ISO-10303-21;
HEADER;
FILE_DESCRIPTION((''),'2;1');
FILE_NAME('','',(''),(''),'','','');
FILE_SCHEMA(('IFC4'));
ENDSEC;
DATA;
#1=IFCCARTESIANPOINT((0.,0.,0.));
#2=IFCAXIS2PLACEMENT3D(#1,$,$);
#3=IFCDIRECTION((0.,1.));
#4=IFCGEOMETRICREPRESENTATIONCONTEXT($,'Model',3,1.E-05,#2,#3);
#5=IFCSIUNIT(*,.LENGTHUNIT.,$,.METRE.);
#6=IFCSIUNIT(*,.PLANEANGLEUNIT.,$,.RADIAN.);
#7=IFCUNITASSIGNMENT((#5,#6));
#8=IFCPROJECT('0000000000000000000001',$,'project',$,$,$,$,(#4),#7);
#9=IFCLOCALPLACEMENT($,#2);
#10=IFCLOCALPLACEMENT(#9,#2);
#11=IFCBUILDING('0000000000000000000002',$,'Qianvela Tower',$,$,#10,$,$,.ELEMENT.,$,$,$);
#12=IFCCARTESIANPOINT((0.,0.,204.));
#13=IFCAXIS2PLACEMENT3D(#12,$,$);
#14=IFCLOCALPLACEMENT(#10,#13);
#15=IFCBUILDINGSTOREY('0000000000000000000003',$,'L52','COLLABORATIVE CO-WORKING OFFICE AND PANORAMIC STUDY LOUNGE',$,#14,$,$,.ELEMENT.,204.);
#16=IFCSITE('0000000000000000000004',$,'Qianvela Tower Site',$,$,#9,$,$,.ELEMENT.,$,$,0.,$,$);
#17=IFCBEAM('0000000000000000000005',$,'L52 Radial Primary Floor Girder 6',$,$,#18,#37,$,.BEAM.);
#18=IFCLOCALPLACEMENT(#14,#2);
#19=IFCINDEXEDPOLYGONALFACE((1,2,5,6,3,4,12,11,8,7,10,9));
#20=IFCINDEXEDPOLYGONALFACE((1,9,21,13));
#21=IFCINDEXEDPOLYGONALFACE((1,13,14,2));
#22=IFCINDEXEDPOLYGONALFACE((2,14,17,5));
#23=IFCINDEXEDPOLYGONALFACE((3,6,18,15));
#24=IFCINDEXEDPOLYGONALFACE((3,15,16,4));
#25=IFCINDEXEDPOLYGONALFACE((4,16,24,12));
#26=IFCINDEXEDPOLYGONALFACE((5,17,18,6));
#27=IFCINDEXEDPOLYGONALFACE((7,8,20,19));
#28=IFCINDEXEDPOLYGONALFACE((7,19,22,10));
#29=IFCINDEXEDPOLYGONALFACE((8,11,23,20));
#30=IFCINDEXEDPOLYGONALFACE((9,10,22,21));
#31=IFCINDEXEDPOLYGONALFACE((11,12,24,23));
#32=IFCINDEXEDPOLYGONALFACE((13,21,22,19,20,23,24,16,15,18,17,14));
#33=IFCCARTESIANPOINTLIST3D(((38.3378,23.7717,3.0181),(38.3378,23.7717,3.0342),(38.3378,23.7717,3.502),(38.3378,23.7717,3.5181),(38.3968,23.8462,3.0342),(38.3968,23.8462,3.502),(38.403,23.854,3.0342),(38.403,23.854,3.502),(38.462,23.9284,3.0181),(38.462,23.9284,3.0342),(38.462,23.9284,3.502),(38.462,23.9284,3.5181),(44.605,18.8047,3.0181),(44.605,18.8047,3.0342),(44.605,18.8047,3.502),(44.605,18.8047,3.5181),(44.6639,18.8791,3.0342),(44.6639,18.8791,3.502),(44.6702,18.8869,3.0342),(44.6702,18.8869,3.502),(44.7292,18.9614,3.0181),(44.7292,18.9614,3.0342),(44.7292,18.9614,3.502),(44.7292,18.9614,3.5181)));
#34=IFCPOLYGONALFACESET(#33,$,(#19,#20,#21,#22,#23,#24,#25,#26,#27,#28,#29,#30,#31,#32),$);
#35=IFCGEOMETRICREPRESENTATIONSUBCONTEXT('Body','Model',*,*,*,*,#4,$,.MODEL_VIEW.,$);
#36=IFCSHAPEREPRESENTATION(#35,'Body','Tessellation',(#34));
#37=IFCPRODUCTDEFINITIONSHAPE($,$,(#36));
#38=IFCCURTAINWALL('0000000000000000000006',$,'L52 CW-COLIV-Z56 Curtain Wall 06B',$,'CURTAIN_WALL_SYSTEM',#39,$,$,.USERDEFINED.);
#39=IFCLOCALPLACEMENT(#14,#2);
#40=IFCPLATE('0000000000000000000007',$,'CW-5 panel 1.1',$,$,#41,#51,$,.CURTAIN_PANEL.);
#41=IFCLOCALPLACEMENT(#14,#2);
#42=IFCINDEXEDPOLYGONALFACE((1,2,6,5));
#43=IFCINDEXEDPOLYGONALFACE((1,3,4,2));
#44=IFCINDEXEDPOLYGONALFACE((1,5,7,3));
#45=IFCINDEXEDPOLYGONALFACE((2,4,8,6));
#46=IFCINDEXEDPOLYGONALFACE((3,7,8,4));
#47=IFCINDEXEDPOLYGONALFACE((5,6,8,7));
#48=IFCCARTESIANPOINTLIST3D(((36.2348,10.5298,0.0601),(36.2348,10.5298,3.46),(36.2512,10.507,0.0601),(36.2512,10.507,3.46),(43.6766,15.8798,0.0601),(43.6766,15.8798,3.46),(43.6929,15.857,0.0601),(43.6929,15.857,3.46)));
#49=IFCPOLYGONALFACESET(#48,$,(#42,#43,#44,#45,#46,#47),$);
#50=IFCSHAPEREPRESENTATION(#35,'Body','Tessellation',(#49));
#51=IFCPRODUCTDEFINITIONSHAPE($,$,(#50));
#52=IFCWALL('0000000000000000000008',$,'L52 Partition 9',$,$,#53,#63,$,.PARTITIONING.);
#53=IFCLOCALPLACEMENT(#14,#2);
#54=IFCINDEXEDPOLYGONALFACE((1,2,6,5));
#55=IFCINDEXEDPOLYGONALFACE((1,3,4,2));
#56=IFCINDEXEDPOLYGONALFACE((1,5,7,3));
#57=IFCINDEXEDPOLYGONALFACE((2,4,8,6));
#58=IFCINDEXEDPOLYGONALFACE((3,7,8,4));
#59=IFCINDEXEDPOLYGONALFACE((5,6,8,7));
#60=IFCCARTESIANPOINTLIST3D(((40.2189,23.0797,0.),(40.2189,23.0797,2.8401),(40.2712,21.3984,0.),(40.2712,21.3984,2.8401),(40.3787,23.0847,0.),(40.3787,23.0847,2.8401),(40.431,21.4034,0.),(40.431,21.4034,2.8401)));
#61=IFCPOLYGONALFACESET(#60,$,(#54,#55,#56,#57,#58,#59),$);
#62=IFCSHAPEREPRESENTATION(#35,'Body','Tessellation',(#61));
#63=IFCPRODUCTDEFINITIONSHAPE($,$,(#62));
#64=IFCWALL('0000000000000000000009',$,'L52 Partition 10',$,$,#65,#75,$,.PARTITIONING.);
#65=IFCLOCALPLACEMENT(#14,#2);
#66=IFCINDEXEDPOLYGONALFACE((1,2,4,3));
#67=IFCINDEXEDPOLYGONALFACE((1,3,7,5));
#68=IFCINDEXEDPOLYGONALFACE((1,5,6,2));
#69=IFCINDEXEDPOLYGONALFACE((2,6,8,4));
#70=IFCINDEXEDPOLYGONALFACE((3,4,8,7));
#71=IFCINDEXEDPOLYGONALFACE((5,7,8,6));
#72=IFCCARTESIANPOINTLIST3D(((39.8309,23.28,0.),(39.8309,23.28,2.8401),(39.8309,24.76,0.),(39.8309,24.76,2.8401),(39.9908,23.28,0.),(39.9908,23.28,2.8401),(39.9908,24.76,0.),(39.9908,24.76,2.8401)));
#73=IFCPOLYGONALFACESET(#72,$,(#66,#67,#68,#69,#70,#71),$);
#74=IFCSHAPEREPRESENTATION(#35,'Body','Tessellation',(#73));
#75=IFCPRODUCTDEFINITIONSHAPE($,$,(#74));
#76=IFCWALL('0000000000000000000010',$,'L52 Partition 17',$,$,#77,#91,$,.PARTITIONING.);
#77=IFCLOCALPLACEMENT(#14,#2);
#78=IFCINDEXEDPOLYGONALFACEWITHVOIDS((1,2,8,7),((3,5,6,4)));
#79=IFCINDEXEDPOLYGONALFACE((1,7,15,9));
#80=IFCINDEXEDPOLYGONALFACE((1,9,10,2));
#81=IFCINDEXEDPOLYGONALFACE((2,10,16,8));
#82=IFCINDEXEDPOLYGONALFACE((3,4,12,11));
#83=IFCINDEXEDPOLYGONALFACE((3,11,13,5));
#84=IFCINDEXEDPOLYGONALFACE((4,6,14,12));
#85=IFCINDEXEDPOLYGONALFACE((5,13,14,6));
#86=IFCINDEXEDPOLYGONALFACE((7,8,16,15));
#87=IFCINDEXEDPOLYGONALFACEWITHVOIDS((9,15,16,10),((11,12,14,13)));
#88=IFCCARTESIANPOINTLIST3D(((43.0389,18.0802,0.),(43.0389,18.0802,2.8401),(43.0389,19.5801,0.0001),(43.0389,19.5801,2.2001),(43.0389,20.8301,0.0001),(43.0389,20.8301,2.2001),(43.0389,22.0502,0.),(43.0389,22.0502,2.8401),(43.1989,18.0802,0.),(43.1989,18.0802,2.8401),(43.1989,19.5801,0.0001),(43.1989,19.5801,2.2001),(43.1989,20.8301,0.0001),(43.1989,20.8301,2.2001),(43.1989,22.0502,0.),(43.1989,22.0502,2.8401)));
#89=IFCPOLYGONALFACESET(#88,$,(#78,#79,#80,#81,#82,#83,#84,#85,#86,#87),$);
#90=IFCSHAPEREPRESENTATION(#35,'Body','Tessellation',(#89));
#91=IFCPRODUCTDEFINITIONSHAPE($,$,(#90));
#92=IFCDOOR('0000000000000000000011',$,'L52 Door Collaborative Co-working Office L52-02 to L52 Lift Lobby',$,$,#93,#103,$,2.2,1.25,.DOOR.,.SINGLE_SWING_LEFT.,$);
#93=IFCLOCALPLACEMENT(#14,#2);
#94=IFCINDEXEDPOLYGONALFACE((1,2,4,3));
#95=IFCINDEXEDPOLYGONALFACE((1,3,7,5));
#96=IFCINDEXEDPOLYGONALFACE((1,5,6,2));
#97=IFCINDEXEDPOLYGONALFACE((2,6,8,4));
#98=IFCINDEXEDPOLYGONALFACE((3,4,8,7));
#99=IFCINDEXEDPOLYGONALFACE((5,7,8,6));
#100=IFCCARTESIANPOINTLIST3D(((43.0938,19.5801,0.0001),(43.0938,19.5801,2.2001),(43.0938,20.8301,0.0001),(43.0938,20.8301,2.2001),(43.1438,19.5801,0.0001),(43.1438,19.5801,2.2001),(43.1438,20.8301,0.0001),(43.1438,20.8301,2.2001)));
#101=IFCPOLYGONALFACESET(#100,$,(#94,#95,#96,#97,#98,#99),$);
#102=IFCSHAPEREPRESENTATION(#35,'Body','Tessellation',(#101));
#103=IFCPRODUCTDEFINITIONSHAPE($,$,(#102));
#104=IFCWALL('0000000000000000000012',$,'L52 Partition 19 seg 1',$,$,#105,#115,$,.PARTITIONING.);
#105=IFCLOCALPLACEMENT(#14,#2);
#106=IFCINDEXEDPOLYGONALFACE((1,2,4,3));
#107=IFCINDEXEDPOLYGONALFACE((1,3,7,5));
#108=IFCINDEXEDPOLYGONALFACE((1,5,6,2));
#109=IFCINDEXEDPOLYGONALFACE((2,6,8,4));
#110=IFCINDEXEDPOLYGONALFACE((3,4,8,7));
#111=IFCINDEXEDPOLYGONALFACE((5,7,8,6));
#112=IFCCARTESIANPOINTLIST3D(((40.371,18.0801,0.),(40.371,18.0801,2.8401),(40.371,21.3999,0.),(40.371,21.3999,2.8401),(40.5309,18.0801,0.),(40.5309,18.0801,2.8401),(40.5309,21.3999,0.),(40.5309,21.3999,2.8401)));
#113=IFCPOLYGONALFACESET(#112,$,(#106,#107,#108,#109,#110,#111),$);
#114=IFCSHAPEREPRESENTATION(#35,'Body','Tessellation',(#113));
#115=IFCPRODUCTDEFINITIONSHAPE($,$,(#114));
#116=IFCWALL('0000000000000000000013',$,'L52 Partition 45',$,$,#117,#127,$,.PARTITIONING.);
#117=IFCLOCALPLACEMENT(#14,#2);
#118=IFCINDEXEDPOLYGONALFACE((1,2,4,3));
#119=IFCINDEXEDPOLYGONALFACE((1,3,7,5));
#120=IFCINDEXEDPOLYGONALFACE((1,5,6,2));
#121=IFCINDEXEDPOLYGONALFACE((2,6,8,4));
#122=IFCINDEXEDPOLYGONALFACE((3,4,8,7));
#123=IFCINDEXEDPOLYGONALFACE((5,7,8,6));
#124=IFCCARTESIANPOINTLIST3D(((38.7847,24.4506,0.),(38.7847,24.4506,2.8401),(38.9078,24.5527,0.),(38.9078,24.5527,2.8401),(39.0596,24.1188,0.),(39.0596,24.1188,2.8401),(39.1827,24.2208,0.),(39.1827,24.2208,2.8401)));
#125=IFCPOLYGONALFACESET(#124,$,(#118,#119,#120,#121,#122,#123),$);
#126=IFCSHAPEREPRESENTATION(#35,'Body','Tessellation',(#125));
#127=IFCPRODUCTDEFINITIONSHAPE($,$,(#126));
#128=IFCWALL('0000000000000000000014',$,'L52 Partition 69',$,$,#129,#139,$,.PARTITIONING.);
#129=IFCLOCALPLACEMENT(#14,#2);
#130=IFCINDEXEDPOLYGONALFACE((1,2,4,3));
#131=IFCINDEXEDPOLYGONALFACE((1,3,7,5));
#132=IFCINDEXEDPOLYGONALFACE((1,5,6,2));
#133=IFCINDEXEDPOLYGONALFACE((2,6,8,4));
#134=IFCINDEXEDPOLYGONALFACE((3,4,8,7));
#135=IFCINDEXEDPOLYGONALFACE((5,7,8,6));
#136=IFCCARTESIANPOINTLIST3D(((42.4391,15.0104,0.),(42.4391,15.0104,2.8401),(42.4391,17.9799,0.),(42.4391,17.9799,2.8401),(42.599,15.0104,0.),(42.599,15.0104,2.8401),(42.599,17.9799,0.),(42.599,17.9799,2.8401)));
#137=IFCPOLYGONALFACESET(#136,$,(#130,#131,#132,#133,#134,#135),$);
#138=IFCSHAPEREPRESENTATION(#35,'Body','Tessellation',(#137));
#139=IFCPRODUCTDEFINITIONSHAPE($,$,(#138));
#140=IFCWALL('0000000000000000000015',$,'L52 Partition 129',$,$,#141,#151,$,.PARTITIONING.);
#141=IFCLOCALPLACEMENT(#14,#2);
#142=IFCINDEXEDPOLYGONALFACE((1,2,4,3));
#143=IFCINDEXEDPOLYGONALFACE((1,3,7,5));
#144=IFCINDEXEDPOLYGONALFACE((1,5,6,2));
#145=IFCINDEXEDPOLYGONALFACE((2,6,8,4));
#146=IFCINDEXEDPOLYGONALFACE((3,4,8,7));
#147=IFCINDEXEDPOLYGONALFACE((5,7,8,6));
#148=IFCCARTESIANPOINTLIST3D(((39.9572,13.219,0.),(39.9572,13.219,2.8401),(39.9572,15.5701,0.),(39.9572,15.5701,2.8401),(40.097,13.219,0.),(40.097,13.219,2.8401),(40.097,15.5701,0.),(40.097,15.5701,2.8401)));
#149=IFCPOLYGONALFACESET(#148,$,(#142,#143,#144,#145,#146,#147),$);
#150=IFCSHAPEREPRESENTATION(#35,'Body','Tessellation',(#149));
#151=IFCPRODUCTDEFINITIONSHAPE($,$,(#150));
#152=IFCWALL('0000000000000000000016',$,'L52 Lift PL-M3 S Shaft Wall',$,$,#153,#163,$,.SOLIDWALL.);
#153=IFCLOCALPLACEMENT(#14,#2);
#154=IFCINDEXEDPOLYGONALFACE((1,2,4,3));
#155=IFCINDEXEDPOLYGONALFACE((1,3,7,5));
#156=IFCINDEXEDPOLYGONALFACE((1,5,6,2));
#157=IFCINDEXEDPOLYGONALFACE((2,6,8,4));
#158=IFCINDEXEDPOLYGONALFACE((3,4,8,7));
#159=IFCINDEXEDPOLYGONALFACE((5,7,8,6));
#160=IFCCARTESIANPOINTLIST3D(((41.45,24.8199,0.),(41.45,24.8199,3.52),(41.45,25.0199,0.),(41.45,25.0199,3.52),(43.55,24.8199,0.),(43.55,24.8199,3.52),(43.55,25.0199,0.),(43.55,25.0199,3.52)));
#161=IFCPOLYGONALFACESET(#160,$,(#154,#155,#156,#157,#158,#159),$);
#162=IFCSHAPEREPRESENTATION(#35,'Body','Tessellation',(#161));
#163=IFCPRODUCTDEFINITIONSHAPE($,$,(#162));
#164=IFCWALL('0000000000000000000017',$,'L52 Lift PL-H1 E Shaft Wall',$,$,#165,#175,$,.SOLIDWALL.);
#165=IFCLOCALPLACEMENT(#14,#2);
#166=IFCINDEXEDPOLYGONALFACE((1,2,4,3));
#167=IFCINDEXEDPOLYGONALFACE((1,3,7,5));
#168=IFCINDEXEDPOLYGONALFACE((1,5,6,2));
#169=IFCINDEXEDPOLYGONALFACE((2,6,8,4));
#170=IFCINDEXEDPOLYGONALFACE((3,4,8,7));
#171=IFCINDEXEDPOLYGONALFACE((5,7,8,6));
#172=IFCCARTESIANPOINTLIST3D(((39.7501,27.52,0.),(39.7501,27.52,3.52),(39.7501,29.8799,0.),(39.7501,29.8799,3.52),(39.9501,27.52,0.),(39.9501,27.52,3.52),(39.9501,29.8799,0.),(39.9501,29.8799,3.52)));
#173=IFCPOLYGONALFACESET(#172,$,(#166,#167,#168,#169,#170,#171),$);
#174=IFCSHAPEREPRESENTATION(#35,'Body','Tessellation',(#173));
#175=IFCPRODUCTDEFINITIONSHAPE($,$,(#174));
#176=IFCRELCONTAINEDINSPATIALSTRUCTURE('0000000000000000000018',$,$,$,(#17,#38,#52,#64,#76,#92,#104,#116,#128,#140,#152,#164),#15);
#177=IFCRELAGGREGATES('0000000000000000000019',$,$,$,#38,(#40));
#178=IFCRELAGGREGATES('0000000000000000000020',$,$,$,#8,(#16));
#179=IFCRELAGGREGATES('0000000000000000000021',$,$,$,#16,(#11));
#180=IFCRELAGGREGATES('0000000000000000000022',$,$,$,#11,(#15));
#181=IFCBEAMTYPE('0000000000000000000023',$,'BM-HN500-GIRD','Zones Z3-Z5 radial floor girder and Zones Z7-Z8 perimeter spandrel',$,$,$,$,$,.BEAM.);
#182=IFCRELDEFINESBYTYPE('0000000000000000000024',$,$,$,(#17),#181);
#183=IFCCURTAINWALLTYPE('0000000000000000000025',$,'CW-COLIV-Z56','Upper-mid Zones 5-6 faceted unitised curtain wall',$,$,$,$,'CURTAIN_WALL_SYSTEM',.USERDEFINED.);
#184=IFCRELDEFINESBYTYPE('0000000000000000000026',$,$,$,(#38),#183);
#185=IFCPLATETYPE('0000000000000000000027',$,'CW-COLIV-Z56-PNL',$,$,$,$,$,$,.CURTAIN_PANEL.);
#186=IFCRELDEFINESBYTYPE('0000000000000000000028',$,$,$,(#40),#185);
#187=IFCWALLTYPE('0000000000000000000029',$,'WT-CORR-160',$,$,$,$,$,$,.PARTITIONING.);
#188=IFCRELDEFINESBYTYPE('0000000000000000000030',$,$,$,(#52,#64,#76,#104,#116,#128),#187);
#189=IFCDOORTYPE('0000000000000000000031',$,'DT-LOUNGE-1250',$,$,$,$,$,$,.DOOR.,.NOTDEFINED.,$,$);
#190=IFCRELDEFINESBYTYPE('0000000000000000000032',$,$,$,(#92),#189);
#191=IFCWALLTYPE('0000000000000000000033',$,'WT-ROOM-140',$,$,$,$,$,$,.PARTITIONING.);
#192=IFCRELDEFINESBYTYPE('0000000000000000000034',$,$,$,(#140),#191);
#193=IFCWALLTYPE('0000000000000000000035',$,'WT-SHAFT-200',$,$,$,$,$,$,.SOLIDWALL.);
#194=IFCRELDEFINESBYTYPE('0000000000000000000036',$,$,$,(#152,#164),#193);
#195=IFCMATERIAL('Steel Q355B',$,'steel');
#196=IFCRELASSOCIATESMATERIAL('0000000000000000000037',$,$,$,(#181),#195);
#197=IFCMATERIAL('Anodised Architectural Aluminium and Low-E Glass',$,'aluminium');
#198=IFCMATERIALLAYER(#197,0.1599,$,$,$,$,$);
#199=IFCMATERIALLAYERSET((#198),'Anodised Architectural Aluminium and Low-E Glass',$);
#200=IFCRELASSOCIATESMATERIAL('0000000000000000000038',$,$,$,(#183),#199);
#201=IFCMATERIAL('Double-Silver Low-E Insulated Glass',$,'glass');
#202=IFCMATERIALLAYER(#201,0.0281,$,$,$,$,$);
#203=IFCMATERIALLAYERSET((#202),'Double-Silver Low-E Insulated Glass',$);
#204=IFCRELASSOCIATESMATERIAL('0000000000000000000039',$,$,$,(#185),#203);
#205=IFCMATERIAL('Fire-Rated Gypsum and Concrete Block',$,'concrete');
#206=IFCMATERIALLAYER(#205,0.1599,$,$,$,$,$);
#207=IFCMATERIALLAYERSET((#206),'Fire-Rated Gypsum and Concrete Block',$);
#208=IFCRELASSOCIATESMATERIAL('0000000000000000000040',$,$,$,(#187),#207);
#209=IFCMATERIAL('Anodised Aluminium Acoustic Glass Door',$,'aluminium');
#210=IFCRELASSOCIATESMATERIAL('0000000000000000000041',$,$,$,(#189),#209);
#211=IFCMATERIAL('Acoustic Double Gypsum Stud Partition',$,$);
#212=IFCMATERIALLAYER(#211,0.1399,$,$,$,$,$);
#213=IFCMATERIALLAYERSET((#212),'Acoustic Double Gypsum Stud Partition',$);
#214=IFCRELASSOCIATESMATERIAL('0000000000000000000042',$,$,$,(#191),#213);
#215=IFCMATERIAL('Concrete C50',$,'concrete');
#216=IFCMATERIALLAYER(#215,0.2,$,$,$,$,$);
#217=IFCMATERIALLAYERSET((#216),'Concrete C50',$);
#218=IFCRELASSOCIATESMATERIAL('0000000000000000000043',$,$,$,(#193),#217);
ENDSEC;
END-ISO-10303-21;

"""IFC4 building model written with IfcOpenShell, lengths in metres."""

from ifc_helpers import new_model, si_unit, direction, frame, frame_2d, origin, origin_2d, place, context, subcontext, project, spatial, rectangle, i_section, extrude, material, layer, layer_set, material_profile, profile_set, type_object, element, fill, aggregate, save


model = new_model("IFC4")

# Units and contexts
model_context = context("Model", 3, precision=1e-05, world=origin(), true_north=direction((0.0, 1.0)))
body_context = subcontext(model_context, "Body", "Model", "MODEL_VIEW")
ifc_project = project(units=[si_unit("LENGTHUNIT", "METRE"), si_unit("PLANEANGLEUNIT", "RADIAN")], contexts=[model_context])

# Site, building, storey
site_placement = place(None, origin())
site = spatial("IfcSite", under=ifc_project, at=site_placement, Name="Qianvela Tower Site", CompositionType="ELEMENT", RefElevation=0.0)
building_placement = place(site_placement, origin())
building = spatial("IfcBuilding", under=site, at=building_placement, Name="Qianvela Tower", CompositionType="ELEMENT")
storey_placement = place(building_placement, frame((0.0, 0.0, 204.0)))
storey = spatial("IfcBuildingStorey", under=building, at=storey_placement, Name="L52", Description="COLLABORATIVE CO-WORKING OFFICE AND PANORAMIC STUDY LOUNGE", CompositionType="ELEMENT", Elevation=204.0)

# Beam
ifc_material_1 = material(Name="Steel Q355B", Category="steel")
ifc_material_profile = material_profile(ifc_material_1, i_section(OverallWidth=0.2, OverallDepth=0.5, WebThickness=0.01, FlangeThickness=0.0161, at=origin_2d()), Name="HN500x200x10x16")
ifc_profile_set = profile_set([ifc_material_profile], Name="Steel Q355B")
beam_type = type_object("IfcBeamType", Name="BM-HN500-GIRD", Description="Zones Z3-Z5 radial floor girder and Zones Z7-Z8 perimeter spandrel", PredefinedType="BEAM", material=ifc_profile_set)
beam_placement = place(storey_placement, frame((38.3999, 23.8501, 3.2681), z_axis=(0.783705, -0.621133, 0.0), x_axis=(0.621133, 0.783705, 0.0)))
element("IfcBeam", 1, at=beam_placement, inside=storey, type_object=beam_type, Name="L52 Radial Primary Floor Girder 6", PredefinedType="BEAM", context=body_context, shape_type="SweptSolid", body=[
    extrude(i_section(OverallWidth=0.2, OverallDepth=0.5, WebThickness=0.01, FlangeThickness=0.0161, at=origin_2d()), origin(), (0.0, 0.0, 1.0), 7.9968),
])

# Curtain wall, plate
ifc_material_2 = material(Name="Anodised Architectural Aluminium and Low-E Glass", Category="aluminium")
ifc_layer_1 = layer(ifc_material_2, 0.1599)
ifc_layer_set_1 = layer_set([ifc_layer_1], Name="Anodised Architectural Aluminium and Low-E Glass")
curtain_wall_type = type_object("IfcCurtainWallType", Name="CW-COLIV-Z56", Description="Upper-mid Zones 5-6 faceted unitised curtain wall", ElementType="CURTAIN_WALL_SYSTEM", PredefinedType="USERDEFINED", material=ifc_layer_set_1)
curtain_wall_placement = place(storey_placement, origin())
curtain_wall = element("IfcCurtainWall", 2, at=curtain_wall_placement, inside=storey, type_object=curtain_wall_type, Name="L52 CW-COLIV-Z56 Curtain Wall 06B", ObjectType="CURTAIN_WALL_SYSTEM", PredefinedType="USERDEFINED")
ifc_material_3 = material(Name="Double-Silver Low-E Insulated Glass", Category="glass")
ifc_layer_2 = layer(ifc_material_3, 0.0281)
ifc_layer_set_2 = layer_set([ifc_layer_2], Name="Double-Silver Low-E Insulated Glass")
plate_type = type_object("IfcPlateType", Name="CW-COLIV-Z56-PNL", PredefinedType="CURTAIN_PANEL", material=ifc_layer_set_2)
plate_placement = place(storey_placement, frame((39.9639, 13.1934, 0.0601), z_axis=(0.0, 0.0, 1.0), x_axis=(0.811952, 0.583725, 0.0)))
plate = element("IfcPlate", 3, at=plate_placement, type_object=plate_type, Name="CW-5 panel 1.1", PredefinedType="CURTAIN_PANEL", context=body_context, shape_type="SweptSolid", body=[
    extrude(rectangle(XDim=9.1653, YDim=0.0281, at=origin_2d()), origin(), (0.0, 0.0, 1.0), 3.3999),
])
aggregate(curtain_wall, [plate])

# Walls
ifc_material_4 = material(Name="Fire-Rated Gypsum and Concrete Block", Category="concrete")
ifc_layer_3 = layer(ifc_material_4, 0.1599)
ifc_layer_set_3 = layer_set([ifc_layer_3], Name="Fire-Rated Gypsum and Concrete Block")
wall_type_1 = type_object("IfcWallType", Name="WT-CORR-160", PredefinedType="PARTITIONING", material=ifc_layer_set_3)
wall_1_placement = place(storey_placement, frame((40.3511, 21.4009, 0.0), z_axis=(0.0, 0.0, 1.0), x_axis=(-0.031058, 0.999518, 0.0)))
element("IfcWall", 4, at=wall_1_placement, inside=storey, type_object=wall_type_1, Name="L52 Partition 9", PredefinedType="PARTITIONING", context=body_context, shape_type="SweptSolid", body=[
    extrude(rectangle(XDim=1.6821, YDim=0.1599, at=frame_2d((0.8411, 0.0))), origin(), (0.0, 0.0, 1.0), 2.8401),
])
wall_2_placement = place(storey_placement, frame((39.9109, 23.28, 0.0), z_axis=(0.0, 0.0, 1.0), x_axis=(0.0, 1.0, 0.0)))
element("IfcWall", 5, at=wall_2_placement, inside=storey, type_object=wall_type_1, Name="L52 Partition 10", PredefinedType="PARTITIONING", context=body_context, shape_type="SweptSolid", body=[
    extrude(rectangle(XDim=1.48, YDim=0.1599, at=frame_2d((0.74, 0.0))), origin(), (0.0, 0.0, 1.0), 2.8401),
])

# Wall, opening, door
wall_3_placement = place(storey_placement, frame((43.1189, 22.05, 0.0), z_axis=(0.0, 0.0, 1.0), x_axis=(0.0, -1.0, 0.0)))
wall_3 = element("IfcWall", 6, at=wall_3_placement, inside=storey, type_object=wall_type_1, Name="L52 Partition 17", PredefinedType="PARTITIONING", context=body_context, shape_type="SweptSolid", body=[
    extrude(rectangle(XDim=3.97, YDim=0.1599, at=frame_2d((1.9849, 0.0))), origin(), (0.0, 0.0, 1.0), 2.8401),
])
opening_1_placement = place(wall_3_placement, frame((1.22, 0.0, 0.0)))
opening_1 = element("IfcOpeningElement", 7, at=opening_1_placement, cuts=wall_3, PredefinedType="OPENING", context=body_context, shape_type="SweptSolid", body=[
    extrude(rectangle(XDim=1.25, YDim=2.2, at=frame_2d((0.625, 1.1001))), frame((0.0, 0.0898, 0.0), z_axis=(0.0, -1.0, 0.0), x_axis=(1.0, 0.0, 0.0)), (0.0, 0.0, 1.0), 0.1799),
])
ifc_material_5 = material(Name="Anodised Aluminium Acoustic Glass Door", Category="aluminium")
door_type_1 = type_object("IfcDoorType", Name="DT-LOUNGE-1250", OperationType="NOTDEFINED", PredefinedType="DOOR", material=ifc_material_5)
door_1_placement = place(opening_1_placement, origin())
door_1 = element("IfcDoor", 8, at=door_1_placement, inside=storey, type_object=door_type_1, Name="L52 Door Collaborative Co-working Office L52-02 to L52 Lift Lobby", OperationType="SINGLE_SWING_LEFT", OverallHeight=2.2, OverallWidth=1.25, PredefinedType="DOOR", context=body_context, shape_type="SweptSolid", body=[
    extrude(rectangle(XDim=1.25, YDim=2.2, at=frame_2d((0.625, 1.1001))), frame((0.0, 0.0249, 0.0), z_axis=(0.0, -1.0, 0.0), x_axis=(1.0, 0.0, 0.0)), (0.0, 0.0, 1.0), 0.05),
])
fill(opening_1, door_1)

# Walls
wall_4_placement = place(storey_placement, frame((40.4509, 18.0801, 0.0), z_axis=(0.0, 0.0, 1.0), x_axis=(0.0, 1.0, 0.0)))
element("IfcWall", 9, at=wall_4_placement, inside=storey, type_object=wall_type_1, Name="L52 Partition 19 seg 1", PredefinedType="PARTITIONING", context=body_context, shape_type="SweptSolid", body=[
    extrude(rectangle(XDim=3.3198, YDim=0.1599, at=frame_2d((1.6599, 0.0))), origin(), (0.0, 0.0, 1.0), 2.8401),
])
wall_5_placement = place(storey_placement, frame((39.1211, 24.1699, 0.0), z_axis=(0.0, 0.0, 1.0), x_axis=(-0.638008, 0.77003, 0.0)))
element("IfcWall", 10, at=wall_5_placement, inside=storey, type_object=wall_type_1, Name="L52 Partition 45", PredefinedType="PARTITIONING", context=body_context, shape_type="SweptSolid", body=[
    extrude(rectangle(XDim=0.4309, YDim=0.1599, at=frame_2d((0.2153, 0.0))), origin(), (0.0, 0.0, 1.0), 2.8401),
])
wall_6_placement = place(storey_placement, frame((42.519, 17.98, 0.0), z_axis=(0.0, 0.0, 1.0), x_axis=(0.0, -1.0, 0.0)))
element("IfcWall", 11, at=wall_6_placement, inside=storey, type_object=wall_type_1, Name="L52 Partition 69", PredefinedType="PARTITIONING", context=body_context, shape_type="SweptSolid", body=[
    extrude(rectangle(XDim=2.9695, YDim=0.1599, at=frame_2d((1.4849, 0.0))), origin(), (0.0, 0.0, 1.0), 2.8401),
])
ifc_material_6 = material(Name="Acoustic Double Gypsum Stud Partition")
ifc_layer_4 = layer(ifc_material_6, 0.1399)
ifc_layer_set_4 = layer_set([ifc_layer_4], Name="Acoustic Double Gypsum Stud Partition")
wall_type_2 = type_object("IfcWallType", Name="WT-ROOM-140", PredefinedType="PARTITIONING", material=ifc_layer_set_4)
wall_7_placement = place(storey_placement, frame((40.0271, 15.5701, 0.0), z_axis=(0.0, 0.0, 1.0), x_axis=(0.0, -1.0, 0.0)))
element("IfcWall", 12, at=wall_7_placement, inside=storey, type_object=wall_type_2, Name="L52 Partition 129", PredefinedType="PARTITIONING", context=body_context, shape_type="SweptSolid", body=[
    extrude(rectangle(XDim=2.3511, YDim=0.1399, at=frame_2d((1.1755, 0.0))), origin(), (0.0, 0.0, 1.0), 2.8401),
])

# Shared definitions
ifc_material_7 = material(Name="Concrete C50", Category="concrete")
ifc_layer_5 = layer(ifc_material_7, 0.2)
ifc_layer_set_5 = layer_set([ifc_layer_5], Name="Concrete C50")
wall_type_3 = type_object("IfcWallType", Name="WT-SHAFT-200", PredefinedType="SOLIDWALL", material=ifc_layer_set_5)

# Walls
wall_8_placement = place(storey_placement, frame((41.45, 24.9199, 0.0), z_axis=(0.0, 0.0, 1.0), x_axis=(1.0, 0.0, 0.0)))
element("IfcWall", 13, at=wall_8_placement, inside=storey, type_object=wall_type_3, Name="L52 Lift PL-M3 S Shaft Wall", PredefinedType="SOLIDWALL", context=body_context, shape_type="SweptSolid", body=[
    extrude(rectangle(XDim=2.1001, YDim=0.2, at=frame_2d((1.05, 0.0))), origin(), (0.0, 0.0, 1.0), 3.52),
])
wall_9_placement = place(storey_placement, frame((39.8501, 27.52, 0.0), z_axis=(0.0, 0.0, 1.0), x_axis=(0.0, 1.0, 0.0)))
element("IfcWall", 14, at=wall_9_placement, inside=storey, type_object=wall_type_3, Name="L52 Lift PL-H1 E Shaft Wall", PredefinedType="SOLIDWALL", context=body_context, shape_type="SweptSolid", body=[
    extrude(rectangle(XDim=2.3599, YDim=0.2, at=frame_2d((1.1799, 0.0))), origin(), (0.0, 0.0, 1.0), 3.52),
])

save(model, "model.ifc")
